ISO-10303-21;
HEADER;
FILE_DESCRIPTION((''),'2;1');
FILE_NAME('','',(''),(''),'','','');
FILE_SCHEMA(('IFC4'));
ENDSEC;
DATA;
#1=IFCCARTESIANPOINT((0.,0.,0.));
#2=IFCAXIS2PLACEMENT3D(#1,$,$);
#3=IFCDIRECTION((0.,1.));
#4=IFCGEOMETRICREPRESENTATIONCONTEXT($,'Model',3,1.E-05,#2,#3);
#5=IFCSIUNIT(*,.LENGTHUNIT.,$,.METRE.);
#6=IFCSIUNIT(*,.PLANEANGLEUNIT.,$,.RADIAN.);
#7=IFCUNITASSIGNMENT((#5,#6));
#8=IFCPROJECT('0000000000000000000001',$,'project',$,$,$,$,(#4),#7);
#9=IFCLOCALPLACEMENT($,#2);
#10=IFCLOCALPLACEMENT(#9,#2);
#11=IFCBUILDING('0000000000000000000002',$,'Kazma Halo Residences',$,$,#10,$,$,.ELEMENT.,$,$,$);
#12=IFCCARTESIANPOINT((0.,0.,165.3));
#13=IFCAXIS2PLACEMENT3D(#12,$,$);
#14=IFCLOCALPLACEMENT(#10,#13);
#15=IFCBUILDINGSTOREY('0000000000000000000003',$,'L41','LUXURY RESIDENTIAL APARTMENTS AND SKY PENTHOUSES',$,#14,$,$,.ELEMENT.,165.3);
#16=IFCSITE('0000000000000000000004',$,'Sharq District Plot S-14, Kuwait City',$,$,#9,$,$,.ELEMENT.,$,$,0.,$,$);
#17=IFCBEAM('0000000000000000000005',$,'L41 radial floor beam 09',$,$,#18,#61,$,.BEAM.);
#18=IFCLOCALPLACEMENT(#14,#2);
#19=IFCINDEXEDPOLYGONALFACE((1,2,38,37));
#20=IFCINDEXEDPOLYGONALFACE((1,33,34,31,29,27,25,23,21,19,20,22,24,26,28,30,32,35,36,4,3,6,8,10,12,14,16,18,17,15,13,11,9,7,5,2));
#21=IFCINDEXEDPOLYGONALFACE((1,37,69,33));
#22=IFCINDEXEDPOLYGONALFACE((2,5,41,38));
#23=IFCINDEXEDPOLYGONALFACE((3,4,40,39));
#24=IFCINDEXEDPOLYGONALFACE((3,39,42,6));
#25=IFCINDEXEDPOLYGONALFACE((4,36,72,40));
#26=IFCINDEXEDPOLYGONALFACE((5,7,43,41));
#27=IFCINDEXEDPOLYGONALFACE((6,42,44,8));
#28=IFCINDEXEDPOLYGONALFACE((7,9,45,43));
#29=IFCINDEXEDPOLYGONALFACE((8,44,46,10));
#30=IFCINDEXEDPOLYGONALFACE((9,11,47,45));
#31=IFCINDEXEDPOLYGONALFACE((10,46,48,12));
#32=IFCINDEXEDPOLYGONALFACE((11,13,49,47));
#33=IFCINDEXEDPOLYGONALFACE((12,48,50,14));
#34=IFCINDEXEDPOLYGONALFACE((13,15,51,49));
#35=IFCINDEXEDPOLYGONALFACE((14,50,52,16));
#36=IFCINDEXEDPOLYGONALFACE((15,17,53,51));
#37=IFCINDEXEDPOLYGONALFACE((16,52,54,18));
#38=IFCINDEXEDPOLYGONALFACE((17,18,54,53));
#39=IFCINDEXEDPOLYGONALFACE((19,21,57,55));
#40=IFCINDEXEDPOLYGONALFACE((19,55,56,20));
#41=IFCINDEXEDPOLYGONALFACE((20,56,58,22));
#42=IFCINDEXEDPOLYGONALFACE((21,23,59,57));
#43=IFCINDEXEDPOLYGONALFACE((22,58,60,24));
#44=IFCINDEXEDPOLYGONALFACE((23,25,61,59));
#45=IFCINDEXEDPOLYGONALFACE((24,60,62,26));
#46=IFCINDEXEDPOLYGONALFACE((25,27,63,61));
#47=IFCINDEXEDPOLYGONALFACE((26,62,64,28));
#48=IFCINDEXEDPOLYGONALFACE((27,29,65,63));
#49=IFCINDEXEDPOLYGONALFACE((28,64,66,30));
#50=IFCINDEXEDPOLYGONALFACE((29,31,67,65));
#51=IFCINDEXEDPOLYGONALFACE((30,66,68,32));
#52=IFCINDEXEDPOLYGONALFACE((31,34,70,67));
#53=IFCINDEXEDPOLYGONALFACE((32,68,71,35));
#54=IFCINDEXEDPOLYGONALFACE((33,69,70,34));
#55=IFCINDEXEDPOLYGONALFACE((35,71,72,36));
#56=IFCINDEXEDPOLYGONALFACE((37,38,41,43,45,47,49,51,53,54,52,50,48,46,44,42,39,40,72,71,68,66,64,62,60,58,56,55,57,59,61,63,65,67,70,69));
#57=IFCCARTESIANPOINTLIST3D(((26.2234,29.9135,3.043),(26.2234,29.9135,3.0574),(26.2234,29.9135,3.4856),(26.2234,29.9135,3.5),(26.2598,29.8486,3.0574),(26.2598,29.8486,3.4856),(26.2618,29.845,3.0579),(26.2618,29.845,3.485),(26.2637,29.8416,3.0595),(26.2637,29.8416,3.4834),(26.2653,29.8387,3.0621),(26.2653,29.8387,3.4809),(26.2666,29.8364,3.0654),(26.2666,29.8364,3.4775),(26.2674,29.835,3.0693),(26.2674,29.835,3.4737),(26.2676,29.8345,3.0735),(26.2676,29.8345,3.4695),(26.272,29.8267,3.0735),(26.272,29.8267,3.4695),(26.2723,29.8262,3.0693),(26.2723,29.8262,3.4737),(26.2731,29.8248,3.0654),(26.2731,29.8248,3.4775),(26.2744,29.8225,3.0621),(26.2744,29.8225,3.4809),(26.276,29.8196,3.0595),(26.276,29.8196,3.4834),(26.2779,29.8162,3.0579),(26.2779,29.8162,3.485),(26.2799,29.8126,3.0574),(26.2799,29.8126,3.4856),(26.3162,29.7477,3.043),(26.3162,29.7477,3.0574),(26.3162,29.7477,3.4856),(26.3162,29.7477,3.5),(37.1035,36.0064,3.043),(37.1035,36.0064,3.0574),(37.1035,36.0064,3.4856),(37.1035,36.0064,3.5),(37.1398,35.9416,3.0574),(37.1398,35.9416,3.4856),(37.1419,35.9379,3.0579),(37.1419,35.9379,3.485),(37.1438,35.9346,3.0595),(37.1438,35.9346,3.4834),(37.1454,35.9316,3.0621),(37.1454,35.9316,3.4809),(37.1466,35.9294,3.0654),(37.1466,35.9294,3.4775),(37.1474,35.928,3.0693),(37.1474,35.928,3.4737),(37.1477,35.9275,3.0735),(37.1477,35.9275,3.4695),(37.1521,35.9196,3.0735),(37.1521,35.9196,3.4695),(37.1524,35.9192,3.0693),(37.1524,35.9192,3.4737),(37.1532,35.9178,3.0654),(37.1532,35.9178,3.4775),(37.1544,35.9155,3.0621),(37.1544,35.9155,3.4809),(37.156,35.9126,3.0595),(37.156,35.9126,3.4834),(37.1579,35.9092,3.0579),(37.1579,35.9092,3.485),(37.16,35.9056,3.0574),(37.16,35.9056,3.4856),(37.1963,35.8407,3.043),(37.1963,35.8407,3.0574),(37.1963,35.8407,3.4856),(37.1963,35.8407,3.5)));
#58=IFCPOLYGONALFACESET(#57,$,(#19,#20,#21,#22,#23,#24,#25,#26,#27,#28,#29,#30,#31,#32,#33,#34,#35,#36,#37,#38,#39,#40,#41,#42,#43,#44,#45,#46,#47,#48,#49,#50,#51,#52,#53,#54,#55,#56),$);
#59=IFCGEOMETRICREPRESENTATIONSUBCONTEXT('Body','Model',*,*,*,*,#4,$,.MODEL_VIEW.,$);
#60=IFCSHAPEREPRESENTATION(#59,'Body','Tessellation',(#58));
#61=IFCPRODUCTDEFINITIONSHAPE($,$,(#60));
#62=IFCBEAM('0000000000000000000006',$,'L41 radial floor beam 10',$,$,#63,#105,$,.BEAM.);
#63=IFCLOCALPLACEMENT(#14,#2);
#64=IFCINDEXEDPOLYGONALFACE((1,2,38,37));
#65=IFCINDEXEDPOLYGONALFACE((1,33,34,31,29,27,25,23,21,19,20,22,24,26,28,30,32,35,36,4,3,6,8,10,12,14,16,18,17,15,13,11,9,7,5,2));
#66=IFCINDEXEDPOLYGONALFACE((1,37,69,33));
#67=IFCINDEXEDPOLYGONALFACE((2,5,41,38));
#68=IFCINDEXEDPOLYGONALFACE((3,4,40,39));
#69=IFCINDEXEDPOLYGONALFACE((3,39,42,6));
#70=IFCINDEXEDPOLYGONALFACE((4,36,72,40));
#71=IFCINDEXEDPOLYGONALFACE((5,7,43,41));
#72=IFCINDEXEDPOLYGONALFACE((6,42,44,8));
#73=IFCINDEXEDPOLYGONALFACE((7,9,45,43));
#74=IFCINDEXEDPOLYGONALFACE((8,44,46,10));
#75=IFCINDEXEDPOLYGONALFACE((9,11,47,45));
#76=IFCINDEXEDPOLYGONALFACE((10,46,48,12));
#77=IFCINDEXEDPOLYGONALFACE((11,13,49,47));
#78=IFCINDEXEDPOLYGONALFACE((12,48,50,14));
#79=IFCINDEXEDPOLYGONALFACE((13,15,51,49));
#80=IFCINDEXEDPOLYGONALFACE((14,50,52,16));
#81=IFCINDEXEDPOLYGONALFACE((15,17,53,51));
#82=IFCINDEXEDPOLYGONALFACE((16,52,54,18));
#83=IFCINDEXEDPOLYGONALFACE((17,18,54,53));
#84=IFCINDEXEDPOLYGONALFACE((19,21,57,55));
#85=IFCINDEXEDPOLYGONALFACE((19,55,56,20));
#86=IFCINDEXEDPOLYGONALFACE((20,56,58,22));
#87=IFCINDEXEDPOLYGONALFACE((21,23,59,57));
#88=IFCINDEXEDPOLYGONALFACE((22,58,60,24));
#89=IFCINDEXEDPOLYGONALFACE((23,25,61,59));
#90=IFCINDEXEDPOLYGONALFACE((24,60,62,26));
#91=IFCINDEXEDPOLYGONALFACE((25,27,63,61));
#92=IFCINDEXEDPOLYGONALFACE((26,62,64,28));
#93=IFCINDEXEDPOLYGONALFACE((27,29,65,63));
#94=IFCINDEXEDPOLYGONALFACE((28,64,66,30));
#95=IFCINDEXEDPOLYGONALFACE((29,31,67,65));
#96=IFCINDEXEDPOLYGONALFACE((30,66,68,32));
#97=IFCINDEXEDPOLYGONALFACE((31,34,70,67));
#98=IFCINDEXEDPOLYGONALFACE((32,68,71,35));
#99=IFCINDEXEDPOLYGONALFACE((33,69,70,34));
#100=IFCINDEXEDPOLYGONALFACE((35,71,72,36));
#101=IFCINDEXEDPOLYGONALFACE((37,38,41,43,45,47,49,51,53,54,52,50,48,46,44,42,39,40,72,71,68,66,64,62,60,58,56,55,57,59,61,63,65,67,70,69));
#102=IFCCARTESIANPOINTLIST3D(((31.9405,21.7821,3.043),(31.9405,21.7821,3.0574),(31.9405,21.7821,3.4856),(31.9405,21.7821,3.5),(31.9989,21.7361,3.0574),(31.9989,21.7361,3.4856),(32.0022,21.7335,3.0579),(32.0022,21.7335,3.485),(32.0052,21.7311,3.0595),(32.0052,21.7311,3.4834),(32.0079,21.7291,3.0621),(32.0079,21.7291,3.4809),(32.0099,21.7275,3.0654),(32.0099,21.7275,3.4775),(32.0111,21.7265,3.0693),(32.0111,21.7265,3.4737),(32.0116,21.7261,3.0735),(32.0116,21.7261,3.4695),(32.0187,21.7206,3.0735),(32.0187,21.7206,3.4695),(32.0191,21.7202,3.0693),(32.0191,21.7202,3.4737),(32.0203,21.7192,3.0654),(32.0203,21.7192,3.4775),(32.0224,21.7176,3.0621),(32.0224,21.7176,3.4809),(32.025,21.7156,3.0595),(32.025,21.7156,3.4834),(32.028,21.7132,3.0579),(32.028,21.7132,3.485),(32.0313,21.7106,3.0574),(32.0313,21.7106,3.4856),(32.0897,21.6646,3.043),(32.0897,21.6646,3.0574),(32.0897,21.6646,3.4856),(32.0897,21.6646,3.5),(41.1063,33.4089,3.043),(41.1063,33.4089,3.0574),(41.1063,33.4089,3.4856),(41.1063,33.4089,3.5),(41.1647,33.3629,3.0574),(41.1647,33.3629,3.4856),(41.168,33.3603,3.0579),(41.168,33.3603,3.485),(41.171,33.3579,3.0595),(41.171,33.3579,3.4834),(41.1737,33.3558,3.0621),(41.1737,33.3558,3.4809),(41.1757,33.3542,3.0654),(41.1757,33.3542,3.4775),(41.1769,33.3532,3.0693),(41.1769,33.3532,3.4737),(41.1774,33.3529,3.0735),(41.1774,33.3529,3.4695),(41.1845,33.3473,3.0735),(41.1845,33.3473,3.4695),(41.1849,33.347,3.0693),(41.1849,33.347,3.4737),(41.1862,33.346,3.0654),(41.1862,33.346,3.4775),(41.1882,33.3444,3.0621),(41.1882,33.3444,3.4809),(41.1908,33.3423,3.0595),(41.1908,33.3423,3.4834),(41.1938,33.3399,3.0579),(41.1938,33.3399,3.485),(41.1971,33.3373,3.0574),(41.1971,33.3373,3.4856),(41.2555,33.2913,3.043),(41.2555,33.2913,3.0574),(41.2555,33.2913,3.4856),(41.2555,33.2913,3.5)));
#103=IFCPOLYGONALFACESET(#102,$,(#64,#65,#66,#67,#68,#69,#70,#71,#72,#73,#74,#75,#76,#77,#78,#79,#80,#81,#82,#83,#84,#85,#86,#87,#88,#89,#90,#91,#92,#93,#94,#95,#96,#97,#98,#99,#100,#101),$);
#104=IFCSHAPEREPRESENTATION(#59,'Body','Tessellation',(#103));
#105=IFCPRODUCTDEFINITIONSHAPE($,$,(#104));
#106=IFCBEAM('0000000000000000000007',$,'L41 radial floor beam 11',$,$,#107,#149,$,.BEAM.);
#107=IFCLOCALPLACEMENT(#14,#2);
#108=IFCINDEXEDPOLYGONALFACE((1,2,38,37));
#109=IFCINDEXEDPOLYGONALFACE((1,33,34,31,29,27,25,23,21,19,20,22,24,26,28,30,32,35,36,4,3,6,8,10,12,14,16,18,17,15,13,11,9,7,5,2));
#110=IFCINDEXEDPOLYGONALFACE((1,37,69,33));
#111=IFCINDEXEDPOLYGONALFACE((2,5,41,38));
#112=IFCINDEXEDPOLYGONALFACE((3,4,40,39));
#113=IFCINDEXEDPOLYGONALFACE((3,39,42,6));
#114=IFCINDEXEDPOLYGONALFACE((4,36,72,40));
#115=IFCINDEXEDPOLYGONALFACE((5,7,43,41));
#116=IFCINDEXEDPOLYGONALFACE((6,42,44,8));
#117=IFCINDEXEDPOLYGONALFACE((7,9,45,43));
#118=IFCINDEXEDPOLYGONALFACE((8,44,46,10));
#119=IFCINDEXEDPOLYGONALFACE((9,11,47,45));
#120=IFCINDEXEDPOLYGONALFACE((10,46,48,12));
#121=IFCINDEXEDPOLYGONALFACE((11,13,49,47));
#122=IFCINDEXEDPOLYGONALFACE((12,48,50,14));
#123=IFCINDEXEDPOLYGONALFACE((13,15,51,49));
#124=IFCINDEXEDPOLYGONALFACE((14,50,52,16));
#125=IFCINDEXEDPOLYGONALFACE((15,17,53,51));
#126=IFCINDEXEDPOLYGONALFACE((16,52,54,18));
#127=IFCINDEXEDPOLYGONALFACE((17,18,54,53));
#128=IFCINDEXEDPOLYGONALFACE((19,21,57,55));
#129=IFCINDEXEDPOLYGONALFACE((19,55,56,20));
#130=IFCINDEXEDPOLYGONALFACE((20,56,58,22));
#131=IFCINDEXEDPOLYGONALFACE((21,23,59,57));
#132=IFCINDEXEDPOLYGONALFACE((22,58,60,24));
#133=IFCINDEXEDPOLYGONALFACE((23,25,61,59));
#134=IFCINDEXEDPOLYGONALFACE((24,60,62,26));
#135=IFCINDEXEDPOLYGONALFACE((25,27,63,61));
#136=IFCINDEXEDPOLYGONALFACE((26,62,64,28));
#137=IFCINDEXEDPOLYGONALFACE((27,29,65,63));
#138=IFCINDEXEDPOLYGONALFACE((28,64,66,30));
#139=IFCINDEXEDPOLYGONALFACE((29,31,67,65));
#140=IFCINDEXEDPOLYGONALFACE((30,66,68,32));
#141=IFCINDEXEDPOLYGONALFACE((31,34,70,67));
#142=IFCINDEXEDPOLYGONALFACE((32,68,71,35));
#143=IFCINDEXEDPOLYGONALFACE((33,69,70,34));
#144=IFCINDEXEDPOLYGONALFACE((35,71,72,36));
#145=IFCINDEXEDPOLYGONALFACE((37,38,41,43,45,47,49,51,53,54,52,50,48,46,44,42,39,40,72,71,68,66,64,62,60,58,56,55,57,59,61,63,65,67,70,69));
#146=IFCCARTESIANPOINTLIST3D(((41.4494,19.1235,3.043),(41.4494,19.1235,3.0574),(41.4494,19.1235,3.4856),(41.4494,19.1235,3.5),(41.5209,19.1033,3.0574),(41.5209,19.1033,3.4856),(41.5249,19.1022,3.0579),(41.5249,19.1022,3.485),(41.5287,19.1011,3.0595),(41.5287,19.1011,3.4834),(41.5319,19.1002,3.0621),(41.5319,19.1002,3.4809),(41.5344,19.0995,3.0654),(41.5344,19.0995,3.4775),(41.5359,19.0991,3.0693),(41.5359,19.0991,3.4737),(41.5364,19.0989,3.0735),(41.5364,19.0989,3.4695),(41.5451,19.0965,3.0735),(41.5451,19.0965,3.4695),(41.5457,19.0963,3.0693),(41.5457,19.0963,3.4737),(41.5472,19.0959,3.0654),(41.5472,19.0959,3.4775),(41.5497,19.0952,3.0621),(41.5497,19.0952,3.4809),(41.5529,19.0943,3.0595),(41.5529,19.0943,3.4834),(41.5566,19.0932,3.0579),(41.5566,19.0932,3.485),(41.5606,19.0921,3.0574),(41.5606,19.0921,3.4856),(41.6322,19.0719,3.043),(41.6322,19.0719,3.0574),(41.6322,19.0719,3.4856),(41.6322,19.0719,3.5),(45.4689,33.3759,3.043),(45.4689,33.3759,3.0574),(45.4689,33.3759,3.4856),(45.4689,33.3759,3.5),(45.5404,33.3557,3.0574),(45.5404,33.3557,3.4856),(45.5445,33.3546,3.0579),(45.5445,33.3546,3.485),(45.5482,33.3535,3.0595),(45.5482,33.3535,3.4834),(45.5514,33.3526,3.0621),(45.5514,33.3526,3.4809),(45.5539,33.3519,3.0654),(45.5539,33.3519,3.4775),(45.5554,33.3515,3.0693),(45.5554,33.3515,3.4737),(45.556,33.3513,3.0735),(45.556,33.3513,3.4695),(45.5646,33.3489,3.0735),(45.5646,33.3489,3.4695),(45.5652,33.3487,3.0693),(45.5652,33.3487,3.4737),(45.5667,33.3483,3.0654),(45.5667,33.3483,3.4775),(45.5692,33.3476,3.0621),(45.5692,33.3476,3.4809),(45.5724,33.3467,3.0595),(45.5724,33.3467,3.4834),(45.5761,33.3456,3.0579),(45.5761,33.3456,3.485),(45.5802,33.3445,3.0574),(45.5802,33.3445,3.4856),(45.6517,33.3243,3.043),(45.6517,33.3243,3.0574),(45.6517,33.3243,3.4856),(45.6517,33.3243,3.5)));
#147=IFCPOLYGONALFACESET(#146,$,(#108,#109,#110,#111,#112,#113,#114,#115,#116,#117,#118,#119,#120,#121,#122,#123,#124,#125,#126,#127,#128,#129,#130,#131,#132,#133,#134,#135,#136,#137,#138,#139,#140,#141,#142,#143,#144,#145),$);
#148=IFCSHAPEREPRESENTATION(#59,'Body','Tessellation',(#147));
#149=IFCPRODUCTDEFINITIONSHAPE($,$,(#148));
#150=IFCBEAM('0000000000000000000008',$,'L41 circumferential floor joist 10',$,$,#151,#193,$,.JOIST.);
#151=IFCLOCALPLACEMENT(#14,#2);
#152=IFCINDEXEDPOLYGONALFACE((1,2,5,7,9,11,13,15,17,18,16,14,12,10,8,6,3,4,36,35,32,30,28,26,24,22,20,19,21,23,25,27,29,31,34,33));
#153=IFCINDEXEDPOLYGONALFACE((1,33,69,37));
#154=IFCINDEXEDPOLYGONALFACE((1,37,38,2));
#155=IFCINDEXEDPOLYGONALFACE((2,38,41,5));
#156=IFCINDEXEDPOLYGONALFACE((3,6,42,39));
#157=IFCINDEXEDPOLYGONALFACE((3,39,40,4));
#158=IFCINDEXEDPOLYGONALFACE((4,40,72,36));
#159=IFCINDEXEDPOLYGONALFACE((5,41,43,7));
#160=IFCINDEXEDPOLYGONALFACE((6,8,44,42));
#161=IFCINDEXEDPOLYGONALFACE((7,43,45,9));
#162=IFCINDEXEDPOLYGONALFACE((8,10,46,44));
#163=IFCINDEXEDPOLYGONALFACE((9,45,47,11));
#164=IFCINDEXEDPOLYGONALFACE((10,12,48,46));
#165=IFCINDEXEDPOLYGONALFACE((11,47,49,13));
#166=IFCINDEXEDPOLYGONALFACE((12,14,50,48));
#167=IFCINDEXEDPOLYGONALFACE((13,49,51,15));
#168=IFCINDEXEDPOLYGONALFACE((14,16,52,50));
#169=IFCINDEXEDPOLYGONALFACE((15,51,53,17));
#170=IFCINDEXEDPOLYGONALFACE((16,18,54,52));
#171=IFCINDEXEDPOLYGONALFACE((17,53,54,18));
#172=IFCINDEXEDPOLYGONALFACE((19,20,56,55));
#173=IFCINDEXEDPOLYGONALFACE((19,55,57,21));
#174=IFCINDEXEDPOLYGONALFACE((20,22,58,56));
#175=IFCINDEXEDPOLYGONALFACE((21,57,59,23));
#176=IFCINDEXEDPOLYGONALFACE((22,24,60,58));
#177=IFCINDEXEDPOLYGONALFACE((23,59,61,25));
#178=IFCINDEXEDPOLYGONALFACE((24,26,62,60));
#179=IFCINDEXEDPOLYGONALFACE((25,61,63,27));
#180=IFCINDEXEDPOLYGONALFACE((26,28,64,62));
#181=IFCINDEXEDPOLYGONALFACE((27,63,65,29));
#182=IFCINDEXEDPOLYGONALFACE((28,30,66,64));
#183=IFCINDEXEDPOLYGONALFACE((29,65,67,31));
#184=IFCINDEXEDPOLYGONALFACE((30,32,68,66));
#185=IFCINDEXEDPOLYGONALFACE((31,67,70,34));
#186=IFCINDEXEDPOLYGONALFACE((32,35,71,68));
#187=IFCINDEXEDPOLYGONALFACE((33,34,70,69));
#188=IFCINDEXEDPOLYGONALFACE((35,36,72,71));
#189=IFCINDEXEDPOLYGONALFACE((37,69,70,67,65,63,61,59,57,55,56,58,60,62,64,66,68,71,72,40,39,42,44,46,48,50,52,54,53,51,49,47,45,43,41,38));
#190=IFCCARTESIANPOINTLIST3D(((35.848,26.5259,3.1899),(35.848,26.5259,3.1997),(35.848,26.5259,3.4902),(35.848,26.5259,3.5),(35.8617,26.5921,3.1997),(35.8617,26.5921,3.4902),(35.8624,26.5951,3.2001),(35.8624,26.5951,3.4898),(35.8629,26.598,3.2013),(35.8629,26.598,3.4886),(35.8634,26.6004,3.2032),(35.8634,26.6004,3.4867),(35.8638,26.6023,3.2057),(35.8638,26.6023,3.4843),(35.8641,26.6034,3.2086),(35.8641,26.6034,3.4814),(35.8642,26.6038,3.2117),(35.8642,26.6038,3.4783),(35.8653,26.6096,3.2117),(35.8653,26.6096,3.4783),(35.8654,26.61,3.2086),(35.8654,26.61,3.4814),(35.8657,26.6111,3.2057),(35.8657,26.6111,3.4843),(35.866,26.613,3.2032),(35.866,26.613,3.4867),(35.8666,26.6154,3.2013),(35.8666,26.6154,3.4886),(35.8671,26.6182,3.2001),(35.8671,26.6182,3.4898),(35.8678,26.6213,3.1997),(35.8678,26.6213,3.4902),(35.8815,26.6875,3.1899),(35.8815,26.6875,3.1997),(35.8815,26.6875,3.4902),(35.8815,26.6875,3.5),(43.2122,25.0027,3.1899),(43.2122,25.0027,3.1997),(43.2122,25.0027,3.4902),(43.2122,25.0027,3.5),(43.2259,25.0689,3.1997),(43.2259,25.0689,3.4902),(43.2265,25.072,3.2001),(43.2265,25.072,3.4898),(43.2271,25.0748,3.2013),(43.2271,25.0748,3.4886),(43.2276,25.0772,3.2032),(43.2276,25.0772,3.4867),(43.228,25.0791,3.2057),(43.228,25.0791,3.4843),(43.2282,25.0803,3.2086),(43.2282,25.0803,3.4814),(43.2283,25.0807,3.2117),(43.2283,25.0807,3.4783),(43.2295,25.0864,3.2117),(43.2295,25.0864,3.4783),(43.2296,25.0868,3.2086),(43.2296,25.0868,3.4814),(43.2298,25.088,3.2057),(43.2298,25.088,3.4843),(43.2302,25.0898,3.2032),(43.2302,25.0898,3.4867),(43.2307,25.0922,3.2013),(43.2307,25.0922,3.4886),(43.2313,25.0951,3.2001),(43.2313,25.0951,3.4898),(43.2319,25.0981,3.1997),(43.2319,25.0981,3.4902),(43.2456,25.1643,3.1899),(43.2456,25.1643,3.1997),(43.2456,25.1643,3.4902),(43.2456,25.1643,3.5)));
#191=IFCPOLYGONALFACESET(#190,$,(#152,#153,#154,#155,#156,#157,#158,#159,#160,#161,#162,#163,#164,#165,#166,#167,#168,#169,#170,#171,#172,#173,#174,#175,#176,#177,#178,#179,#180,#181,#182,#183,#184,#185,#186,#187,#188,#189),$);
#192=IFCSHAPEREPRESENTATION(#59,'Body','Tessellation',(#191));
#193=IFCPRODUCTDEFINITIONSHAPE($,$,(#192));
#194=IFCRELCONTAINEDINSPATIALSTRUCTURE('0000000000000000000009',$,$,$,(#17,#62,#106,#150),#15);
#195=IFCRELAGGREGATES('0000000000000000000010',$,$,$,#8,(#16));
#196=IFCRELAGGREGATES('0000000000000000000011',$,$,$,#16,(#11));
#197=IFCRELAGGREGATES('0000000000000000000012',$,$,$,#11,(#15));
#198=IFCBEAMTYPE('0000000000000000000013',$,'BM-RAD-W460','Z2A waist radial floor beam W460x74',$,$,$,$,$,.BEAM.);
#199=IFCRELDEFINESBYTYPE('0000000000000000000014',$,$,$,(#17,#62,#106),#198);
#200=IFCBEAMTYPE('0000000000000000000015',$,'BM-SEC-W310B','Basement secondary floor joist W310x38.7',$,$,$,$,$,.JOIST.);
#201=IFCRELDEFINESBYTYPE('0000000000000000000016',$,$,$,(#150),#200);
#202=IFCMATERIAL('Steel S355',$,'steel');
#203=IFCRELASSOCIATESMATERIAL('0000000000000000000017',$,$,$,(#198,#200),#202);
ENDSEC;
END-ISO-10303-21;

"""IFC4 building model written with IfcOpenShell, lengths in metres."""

from ifc_helpers import new_model, si_unit, direction, frame, origin, origin_2d, place, context, subcontext, project, spatial, i_section, extrude, material, material_profile, profile_set, type_object, element, save


model = new_model("IFC4")

# Units and contexts
model_context = context("Model", 3, precision=1e-05, world=origin(), true_north=direction((0.0, 1.0)))
body_context = subcontext(model_context, "Body", "Model", "MODEL_VIEW")
ifc_project = project(units=[si_unit("LENGTHUNIT", "METRE"), si_unit("PLANEANGLEUNIT", "RADIAN")], contexts=[model_context])

# Site, building, storey
site_placement = place(None, origin())
site = spatial("IfcSite", under=ifc_project, at=site_placement, Name="Sharq District Plot S-14, Kuwait City", CompositionType="ELEMENT", RefElevation=0.0)
building_placement = place(site_placement, origin())
building = spatial("IfcBuilding", under=site, at=building_placement, Name="Kazma Halo Residences", CompositionType="ELEMENT")
storey_placement = place(building_placement, frame((0.0, 0.0, 165.3)))
storey = spatial("IfcBuildingStorey", under=building, at=storey_placement, Name="L41", Description="LUXURY RESIDENTIAL APARTMENTS AND SKY PENTHOUSES", CompositionType="ELEMENT", Elevation=165.3)

# Beams
ifc_material_1 = material(Name="Steel S355", Category="steel")
ifc_material_profile_1 = material_profile(ifc_material_1, i_section(OverallWidth=0.1899, OverallDepth=0.457, WebThickness=0.009, FlangeThickness=0.0144, FilletRadius=0.0161, at=origin_2d()), Name="W460x74")
ifc_profile_set_1 = profile_set([ifc_material_profile_1], Name="Steel S355")
beam_type_1 = type_object("IfcBeamType", Name="BM-RAD-W460", Description="Z2A waist radial floor beam W460x74", PredefinedType="BEAM", material=ifc_profile_set_1)
beam_1_placement = place(storey_placement, frame((37.1499, 35.9236, 3.2715), z_axis=(-0.872501, -0.488612, 0.0), x_axis=(0.488612, -0.872501, 0.0)))
element("IfcBeam", 1, at=beam_1_placement, inside=storey, type_object=beam_type_1, Name="L41 radial floor beam 09", PredefinedType="BEAM", context=body_context, shape_type="SweptSolid", body=[
    extrude(i_section(OverallWidth=0.1899, OverallDepth=0.457, WebThickness=0.009, FlangeThickness=0.0144, FilletRadius=0.0161, at=origin_2d()), origin(), (0.0, 0.0, 1.0), 12.47),
])
beam_2_placement = place(storey_placement, frame((41.1809, 33.3501, 3.2715), z_axis=(-0.619094, -0.785316, 0.0), x_axis=(0.785316, -0.619094, 0.0)))
element("IfcBeam", 2, at=beam_2_placement, inside=storey, type_object=beam_type_1, Name="L41 radial floor beam 10", PredefinedType="BEAM", context=body_context, shape_type="SweptSolid", body=[
    extrude(i_section(OverallWidth=0.1899, OverallDepth=0.457, WebThickness=0.009, FlangeThickness=0.0144, FilletRadius=0.0161, at=origin_2d()), origin(), (0.0, 0.0, 1.0), 14.8052),
])
beam_3_placement = place(storey_placement, frame((45.5603, 33.3501, 3.2715), z_axis=(-0.271436, -0.962457, 0.0), x_axis=(0.962457, -0.271436, 0.0)))
element("IfcBeam", 3, at=beam_3_placement, inside=storey, type_object=beam_type_1, Name="L41 radial floor beam 11", PredefinedType="BEAM", context=body_context, shape_type="SweptSolid", body=[
    extrude(i_section(OverallWidth=0.1899, OverallDepth=0.457, WebThickness=0.009, FlangeThickness=0.0144, FilletRadius=0.0161, at=origin_2d()), origin(), (0.0, 0.0, 1.0), 14.8083),
])
ifc_material_profile_2 = material_profile(ifc_material_1, i_section(OverallWidth=0.165, OverallDepth=0.3101, WebThickness=0.0059, FlangeThickness=0.0098, FilletRadius=0.012, at=origin_2d()), Name="W310x38.7")
ifc_profile_set_2 = profile_set([ifc_material_profile_2], Name="Steel S355")
beam_type_2 = type_object("IfcBeamType", Name="BM-SEC-W310B", Description="Basement secondary floor joist W310x38.7", PredefinedType="JOIST", material=ifc_profile_set_2)
beam_4_placement = place(storey_placement, frame((35.8647, 26.6067, 3.345), z_axis=(0.979272, -0.202549, 0.0), x_axis=(0.202549, 0.979272, 0.0)))
element("IfcBeam", 4, at=beam_4_placement, inside=storey, type_object=beam_type_2, Name="L41 circumferential floor joist 10", PredefinedType="JOIST", context=body_context, shape_type="SweptSolid", body=[
    extrude(i_section(OverallWidth=0.165, OverallDepth=0.3101, WebThickness=0.0059, FlangeThickness=0.0098, FilletRadius=0.012, at=origin_2d()), origin(), (0.0, 0.0, 1.0), 7.52),
])

save(model, "model.ifc")
